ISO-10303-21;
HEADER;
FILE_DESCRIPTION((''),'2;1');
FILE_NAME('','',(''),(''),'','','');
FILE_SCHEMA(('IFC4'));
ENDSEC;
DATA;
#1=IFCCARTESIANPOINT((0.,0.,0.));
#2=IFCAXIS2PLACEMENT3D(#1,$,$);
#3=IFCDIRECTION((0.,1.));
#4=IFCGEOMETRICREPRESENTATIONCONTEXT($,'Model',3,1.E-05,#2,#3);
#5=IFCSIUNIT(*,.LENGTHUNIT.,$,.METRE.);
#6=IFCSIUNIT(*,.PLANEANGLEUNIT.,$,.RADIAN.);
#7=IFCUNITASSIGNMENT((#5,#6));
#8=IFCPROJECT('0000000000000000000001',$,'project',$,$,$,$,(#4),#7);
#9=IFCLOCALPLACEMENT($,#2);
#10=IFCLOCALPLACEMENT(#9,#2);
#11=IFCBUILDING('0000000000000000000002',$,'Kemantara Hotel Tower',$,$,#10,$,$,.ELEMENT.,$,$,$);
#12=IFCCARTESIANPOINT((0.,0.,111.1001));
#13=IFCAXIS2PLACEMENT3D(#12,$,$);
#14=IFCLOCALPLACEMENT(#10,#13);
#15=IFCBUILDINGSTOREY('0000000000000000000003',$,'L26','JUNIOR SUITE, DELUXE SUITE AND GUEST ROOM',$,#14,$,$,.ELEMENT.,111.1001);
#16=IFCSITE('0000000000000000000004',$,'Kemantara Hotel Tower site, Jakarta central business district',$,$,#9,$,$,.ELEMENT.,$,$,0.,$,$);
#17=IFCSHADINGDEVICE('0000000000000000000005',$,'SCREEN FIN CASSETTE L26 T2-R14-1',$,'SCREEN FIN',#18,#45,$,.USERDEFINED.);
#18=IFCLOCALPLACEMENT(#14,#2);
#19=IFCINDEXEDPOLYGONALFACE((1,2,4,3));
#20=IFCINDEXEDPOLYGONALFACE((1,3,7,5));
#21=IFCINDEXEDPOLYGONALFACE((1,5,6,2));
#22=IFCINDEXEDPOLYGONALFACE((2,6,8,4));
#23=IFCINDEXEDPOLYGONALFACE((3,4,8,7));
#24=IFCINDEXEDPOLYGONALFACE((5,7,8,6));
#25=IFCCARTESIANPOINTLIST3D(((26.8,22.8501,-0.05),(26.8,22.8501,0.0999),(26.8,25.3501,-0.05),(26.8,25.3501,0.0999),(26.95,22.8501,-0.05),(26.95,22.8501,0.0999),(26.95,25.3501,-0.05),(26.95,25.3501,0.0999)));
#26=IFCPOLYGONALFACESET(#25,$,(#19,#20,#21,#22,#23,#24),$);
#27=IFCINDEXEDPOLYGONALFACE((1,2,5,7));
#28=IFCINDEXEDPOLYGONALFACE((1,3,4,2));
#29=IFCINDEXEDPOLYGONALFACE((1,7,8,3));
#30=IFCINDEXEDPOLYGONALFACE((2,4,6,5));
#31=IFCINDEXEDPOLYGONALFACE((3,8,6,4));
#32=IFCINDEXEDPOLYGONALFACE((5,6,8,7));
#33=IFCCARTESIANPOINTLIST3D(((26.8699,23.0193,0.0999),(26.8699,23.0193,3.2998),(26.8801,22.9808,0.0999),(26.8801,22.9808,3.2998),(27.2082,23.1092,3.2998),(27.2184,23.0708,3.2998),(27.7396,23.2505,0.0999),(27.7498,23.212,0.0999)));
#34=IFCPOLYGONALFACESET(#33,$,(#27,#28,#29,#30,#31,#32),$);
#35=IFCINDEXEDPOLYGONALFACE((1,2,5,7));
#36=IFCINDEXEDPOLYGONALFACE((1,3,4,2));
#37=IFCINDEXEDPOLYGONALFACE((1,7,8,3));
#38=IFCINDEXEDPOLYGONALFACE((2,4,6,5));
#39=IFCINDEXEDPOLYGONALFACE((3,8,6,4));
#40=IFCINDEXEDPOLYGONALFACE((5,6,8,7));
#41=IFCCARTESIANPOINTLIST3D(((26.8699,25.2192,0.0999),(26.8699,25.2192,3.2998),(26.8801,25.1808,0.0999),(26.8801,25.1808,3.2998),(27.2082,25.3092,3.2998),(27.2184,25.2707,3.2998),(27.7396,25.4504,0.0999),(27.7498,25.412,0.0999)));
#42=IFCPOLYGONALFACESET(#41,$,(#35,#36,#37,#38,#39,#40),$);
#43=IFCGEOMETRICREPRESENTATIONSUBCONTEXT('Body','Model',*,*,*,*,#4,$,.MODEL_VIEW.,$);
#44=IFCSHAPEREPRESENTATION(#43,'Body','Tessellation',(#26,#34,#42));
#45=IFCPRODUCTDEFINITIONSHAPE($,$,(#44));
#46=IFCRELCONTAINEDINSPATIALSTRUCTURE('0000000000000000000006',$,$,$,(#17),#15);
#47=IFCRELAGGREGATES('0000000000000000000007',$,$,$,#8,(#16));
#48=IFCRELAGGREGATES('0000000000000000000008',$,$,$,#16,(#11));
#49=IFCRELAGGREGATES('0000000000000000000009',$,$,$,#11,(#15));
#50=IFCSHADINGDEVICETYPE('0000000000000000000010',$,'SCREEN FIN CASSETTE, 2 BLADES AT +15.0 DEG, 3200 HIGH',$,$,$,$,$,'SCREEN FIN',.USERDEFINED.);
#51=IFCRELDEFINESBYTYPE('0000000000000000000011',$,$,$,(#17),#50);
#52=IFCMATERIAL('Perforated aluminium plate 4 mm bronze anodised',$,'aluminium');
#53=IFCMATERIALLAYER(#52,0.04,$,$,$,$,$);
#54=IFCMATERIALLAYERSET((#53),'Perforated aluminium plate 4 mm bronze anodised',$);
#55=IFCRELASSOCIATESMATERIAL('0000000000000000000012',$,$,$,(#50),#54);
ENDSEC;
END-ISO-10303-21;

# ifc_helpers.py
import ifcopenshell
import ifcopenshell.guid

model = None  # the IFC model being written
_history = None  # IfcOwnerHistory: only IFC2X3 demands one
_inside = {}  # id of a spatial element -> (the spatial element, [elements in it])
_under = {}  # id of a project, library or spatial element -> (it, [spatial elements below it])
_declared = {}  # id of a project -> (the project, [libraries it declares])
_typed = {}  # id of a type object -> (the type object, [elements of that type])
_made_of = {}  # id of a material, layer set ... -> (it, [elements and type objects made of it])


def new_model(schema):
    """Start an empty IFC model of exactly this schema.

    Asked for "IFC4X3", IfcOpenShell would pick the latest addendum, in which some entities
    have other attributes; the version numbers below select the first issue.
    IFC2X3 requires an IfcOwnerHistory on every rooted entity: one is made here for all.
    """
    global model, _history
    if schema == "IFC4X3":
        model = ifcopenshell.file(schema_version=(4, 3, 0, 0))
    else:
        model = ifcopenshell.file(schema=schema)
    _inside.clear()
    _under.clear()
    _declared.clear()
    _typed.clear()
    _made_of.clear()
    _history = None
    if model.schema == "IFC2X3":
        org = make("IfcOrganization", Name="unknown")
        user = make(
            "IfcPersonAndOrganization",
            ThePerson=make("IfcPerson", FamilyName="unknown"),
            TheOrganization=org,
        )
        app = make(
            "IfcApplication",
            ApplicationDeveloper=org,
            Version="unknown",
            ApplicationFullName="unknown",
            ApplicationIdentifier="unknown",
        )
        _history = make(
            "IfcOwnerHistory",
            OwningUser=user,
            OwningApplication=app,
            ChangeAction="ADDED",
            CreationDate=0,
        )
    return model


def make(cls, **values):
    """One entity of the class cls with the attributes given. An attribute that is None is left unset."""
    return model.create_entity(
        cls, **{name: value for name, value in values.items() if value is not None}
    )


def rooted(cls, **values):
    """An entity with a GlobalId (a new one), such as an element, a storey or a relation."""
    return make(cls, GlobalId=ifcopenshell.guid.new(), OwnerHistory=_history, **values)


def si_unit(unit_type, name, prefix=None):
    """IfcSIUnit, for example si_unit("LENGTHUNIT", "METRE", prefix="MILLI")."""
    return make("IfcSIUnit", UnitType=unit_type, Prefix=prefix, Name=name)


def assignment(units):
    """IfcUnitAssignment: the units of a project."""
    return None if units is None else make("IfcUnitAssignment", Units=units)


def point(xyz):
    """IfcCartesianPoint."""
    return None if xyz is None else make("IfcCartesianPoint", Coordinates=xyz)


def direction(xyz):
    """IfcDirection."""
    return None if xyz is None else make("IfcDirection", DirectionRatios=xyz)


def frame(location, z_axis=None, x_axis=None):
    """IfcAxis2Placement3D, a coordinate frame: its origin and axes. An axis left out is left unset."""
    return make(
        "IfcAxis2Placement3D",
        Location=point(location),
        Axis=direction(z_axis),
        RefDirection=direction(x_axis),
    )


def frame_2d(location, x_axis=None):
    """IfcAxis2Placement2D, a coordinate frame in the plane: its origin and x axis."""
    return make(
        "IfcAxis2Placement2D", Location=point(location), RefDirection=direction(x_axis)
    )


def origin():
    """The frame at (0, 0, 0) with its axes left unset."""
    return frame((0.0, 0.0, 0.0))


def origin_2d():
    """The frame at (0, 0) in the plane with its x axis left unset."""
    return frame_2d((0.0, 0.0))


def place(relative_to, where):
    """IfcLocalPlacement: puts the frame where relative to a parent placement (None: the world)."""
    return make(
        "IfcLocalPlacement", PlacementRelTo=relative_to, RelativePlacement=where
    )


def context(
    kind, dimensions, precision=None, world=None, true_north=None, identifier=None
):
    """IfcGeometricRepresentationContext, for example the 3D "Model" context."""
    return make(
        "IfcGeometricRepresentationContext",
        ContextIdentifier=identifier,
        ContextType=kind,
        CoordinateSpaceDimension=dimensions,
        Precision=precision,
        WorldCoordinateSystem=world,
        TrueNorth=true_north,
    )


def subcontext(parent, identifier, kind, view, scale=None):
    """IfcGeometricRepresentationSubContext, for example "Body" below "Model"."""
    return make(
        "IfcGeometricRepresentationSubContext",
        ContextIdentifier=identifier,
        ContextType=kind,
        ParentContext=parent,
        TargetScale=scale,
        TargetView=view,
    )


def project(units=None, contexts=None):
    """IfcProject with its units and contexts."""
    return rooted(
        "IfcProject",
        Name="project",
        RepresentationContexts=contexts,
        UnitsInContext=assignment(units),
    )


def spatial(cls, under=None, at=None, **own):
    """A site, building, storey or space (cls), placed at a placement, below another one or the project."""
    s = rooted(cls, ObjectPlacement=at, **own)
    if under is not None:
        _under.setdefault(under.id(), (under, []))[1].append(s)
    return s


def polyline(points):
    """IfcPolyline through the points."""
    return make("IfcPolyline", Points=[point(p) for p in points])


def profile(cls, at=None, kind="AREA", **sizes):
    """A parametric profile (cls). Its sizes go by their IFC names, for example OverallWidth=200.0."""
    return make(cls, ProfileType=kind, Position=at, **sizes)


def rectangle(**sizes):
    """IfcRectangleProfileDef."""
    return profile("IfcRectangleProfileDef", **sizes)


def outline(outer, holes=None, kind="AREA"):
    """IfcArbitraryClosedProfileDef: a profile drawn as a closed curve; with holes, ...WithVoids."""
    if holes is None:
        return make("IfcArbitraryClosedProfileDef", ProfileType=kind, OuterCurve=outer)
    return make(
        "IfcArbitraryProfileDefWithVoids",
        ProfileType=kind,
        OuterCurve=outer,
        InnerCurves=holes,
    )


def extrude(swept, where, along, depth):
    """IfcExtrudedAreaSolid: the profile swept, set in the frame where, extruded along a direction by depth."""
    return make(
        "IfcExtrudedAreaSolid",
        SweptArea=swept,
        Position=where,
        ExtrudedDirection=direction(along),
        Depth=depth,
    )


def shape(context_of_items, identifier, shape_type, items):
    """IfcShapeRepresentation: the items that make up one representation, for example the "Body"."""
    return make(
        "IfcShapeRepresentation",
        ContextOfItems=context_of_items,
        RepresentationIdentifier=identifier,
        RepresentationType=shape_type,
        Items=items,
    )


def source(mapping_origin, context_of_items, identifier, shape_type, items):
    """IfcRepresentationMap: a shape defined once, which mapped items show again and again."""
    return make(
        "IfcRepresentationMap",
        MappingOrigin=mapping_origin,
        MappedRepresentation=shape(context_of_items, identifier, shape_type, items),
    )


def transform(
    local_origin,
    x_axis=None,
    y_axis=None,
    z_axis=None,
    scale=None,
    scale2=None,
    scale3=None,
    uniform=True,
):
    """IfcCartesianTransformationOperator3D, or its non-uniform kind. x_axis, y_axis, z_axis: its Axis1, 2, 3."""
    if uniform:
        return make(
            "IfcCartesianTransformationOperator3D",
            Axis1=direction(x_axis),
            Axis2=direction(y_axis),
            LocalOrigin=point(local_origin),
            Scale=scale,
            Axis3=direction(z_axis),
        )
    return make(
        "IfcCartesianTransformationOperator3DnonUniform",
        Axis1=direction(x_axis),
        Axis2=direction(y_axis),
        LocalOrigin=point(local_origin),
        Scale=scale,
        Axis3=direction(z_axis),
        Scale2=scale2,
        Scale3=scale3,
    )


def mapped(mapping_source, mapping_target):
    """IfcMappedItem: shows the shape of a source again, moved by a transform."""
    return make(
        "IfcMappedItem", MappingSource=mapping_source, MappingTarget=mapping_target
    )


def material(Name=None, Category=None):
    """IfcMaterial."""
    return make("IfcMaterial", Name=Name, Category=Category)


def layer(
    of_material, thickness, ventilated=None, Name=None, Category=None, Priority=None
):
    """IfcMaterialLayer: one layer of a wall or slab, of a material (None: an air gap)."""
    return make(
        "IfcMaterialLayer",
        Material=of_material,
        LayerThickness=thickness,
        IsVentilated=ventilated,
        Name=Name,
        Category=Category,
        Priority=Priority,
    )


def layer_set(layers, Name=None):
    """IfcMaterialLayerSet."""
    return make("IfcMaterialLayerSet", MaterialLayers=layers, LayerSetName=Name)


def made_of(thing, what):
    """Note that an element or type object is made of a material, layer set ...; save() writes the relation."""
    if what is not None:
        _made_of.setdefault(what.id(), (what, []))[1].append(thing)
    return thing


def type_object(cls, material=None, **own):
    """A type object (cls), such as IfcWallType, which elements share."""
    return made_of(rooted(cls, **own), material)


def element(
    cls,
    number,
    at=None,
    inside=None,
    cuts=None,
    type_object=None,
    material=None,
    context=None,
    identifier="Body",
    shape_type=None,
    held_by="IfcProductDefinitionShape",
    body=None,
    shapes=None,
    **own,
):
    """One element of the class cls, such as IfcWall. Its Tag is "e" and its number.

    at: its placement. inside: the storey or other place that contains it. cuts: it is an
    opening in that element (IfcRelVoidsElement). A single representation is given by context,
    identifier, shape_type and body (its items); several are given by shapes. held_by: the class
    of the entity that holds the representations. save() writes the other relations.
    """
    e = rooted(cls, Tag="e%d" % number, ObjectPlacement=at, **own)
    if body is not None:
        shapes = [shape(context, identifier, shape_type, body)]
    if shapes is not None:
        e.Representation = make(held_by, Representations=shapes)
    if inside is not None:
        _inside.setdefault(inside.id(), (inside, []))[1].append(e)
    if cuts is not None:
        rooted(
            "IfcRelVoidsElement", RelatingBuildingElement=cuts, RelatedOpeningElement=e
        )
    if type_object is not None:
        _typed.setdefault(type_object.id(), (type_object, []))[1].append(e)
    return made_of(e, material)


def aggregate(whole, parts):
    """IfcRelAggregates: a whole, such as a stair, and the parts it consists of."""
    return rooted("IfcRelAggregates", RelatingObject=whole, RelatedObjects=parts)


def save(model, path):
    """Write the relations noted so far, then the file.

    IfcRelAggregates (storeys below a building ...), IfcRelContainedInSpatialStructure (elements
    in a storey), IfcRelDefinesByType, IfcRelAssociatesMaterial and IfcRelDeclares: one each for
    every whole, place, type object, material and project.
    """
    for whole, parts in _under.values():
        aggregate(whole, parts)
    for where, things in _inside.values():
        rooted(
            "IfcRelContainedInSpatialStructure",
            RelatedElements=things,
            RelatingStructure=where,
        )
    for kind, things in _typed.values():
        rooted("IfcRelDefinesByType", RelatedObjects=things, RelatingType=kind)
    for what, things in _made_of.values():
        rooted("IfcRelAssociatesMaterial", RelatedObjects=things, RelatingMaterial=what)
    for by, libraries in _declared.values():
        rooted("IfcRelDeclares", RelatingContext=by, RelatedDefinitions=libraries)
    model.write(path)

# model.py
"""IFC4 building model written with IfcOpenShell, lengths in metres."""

from ifc_helpers import new_model, si_unit, direction, frame, origin, origin_2d, place, context, subcontext, project, spatial, polyline, rectangle, outline, extrude, source, transform, mapped, material, layer, layer_set, type_object, element, save


model = new_model("IFC4")

# Units and contexts
model_context = context("Model", 3, precision=1e-05, world=origin(), true_north=direction((0.0, 1.0)))
body_context = subcontext(model_context, "Body", "Model", "MODEL_VIEW")
ifc_project = project(units=[si_unit("LENGTHUNIT", "METRE"), si_unit("PLANEANGLEUNIT", "RADIAN")], contexts=[model_context])

# Site, building, storey
site_placement = place(None, origin())
site = spatial("IfcSite", under=ifc_project, at=site_placement, Name="Kemantara Hotel Tower site, Jakarta central business district", CompositionType="ELEMENT", RefElevation=0.0)
building_placement = place(site_placement, origin())
building = spatial("IfcBuilding", under=site, at=building_placement, Name="Kemantara Hotel Tower", CompositionType="ELEMENT")
storey_placement = place(building_placement, frame((0.0, 0.0, 111.1001)))
storey = spatial("IfcBuildingStorey", under=building, at=storey_placement, Name="L26", Description="JUNIOR SUITE, DELUXE SUITE AND GUEST ROOM", CompositionType="ELEMENT", Elevation=111.1001)

# Shading device
ifc_material_1 = material(Name="Perforated aluminium plate 4 mm bronze anodised", Category="aluminium")
ifc_layer_1 = layer(ifc_material_1, 0.04)
ifc_layer_set_1 = layer_set([ifc_layer_1], Name="Perforated aluminium plate 4 mm bronze anodised")
shading_device_type_1 = type_object("IfcShadingDeviceType", Name="SCREEN FIN CASSETTE, 2 BLADES AT +15.0 DEG, 3200 HIGH", ElementType="SCREEN FIN", PredefinedType="USERDEFINED", material=ifc_layer_set_1)
shared_shape_1 = source(origin(), body_context, "Body", "SweptSolid", [
    extrude(rectangle(XDim=2.5, YDim=0.1499, at=origin_2d()), frame((1.1001, -0.075, -0.1499), z_axis=(0.0, 0.0, 1.0), x_axis=(1.0, 0.0, 0.0)), (0.0, 0.0, 1.0), 0.1499),
    extrude(outline(polyline([(0.0, 0.0), (0.8999, 0.0), (0.3501, 3.2), (0.0, 3.2), (0.0, 0.0)])), frame((0.0193, -0.0698, 0.0), z_axis=(-0.966438, -0.256901, 0.0), x_axis=(0.256901, -0.966438, 0.0)), (0.0, 0.0, 1.0), 0.0398),
    extrude(outline(polyline([(0.0, 0.0), (0.8999, 0.0), (0.3501, 3.2), (0.0, 3.2), (0.0, 0.0)])), frame((2.2192, -0.0698, 0.0), z_axis=(-0.966438, -0.256901, 0.0), x_axis=(0.256901, -0.966438, 0.0)), (0.0, 0.0, 1.0), 0.0398),
])
shading_device_1_placement = place(storey_placement, frame((26.8, 23.0, 0.0999), z_axis=(0.0, 0.0, 1.0), x_axis=(0.0, 1.0, 0.0)))
element("IfcShadingDevice", 1, at=shading_device_1_placement, inside=storey, type_object=shading_device_type_1, Name="SCREEN FIN CASSETTE L26 T2-R14-1", ObjectType="SCREEN FIN", PredefinedType="USERDEFINED", context=body_context, shape_type="MappedRepresentation", body=[
    mapped(shared_shape_1, transform((0.0, 0.0, 0.0))),
])

save(model, "model.ifc")
